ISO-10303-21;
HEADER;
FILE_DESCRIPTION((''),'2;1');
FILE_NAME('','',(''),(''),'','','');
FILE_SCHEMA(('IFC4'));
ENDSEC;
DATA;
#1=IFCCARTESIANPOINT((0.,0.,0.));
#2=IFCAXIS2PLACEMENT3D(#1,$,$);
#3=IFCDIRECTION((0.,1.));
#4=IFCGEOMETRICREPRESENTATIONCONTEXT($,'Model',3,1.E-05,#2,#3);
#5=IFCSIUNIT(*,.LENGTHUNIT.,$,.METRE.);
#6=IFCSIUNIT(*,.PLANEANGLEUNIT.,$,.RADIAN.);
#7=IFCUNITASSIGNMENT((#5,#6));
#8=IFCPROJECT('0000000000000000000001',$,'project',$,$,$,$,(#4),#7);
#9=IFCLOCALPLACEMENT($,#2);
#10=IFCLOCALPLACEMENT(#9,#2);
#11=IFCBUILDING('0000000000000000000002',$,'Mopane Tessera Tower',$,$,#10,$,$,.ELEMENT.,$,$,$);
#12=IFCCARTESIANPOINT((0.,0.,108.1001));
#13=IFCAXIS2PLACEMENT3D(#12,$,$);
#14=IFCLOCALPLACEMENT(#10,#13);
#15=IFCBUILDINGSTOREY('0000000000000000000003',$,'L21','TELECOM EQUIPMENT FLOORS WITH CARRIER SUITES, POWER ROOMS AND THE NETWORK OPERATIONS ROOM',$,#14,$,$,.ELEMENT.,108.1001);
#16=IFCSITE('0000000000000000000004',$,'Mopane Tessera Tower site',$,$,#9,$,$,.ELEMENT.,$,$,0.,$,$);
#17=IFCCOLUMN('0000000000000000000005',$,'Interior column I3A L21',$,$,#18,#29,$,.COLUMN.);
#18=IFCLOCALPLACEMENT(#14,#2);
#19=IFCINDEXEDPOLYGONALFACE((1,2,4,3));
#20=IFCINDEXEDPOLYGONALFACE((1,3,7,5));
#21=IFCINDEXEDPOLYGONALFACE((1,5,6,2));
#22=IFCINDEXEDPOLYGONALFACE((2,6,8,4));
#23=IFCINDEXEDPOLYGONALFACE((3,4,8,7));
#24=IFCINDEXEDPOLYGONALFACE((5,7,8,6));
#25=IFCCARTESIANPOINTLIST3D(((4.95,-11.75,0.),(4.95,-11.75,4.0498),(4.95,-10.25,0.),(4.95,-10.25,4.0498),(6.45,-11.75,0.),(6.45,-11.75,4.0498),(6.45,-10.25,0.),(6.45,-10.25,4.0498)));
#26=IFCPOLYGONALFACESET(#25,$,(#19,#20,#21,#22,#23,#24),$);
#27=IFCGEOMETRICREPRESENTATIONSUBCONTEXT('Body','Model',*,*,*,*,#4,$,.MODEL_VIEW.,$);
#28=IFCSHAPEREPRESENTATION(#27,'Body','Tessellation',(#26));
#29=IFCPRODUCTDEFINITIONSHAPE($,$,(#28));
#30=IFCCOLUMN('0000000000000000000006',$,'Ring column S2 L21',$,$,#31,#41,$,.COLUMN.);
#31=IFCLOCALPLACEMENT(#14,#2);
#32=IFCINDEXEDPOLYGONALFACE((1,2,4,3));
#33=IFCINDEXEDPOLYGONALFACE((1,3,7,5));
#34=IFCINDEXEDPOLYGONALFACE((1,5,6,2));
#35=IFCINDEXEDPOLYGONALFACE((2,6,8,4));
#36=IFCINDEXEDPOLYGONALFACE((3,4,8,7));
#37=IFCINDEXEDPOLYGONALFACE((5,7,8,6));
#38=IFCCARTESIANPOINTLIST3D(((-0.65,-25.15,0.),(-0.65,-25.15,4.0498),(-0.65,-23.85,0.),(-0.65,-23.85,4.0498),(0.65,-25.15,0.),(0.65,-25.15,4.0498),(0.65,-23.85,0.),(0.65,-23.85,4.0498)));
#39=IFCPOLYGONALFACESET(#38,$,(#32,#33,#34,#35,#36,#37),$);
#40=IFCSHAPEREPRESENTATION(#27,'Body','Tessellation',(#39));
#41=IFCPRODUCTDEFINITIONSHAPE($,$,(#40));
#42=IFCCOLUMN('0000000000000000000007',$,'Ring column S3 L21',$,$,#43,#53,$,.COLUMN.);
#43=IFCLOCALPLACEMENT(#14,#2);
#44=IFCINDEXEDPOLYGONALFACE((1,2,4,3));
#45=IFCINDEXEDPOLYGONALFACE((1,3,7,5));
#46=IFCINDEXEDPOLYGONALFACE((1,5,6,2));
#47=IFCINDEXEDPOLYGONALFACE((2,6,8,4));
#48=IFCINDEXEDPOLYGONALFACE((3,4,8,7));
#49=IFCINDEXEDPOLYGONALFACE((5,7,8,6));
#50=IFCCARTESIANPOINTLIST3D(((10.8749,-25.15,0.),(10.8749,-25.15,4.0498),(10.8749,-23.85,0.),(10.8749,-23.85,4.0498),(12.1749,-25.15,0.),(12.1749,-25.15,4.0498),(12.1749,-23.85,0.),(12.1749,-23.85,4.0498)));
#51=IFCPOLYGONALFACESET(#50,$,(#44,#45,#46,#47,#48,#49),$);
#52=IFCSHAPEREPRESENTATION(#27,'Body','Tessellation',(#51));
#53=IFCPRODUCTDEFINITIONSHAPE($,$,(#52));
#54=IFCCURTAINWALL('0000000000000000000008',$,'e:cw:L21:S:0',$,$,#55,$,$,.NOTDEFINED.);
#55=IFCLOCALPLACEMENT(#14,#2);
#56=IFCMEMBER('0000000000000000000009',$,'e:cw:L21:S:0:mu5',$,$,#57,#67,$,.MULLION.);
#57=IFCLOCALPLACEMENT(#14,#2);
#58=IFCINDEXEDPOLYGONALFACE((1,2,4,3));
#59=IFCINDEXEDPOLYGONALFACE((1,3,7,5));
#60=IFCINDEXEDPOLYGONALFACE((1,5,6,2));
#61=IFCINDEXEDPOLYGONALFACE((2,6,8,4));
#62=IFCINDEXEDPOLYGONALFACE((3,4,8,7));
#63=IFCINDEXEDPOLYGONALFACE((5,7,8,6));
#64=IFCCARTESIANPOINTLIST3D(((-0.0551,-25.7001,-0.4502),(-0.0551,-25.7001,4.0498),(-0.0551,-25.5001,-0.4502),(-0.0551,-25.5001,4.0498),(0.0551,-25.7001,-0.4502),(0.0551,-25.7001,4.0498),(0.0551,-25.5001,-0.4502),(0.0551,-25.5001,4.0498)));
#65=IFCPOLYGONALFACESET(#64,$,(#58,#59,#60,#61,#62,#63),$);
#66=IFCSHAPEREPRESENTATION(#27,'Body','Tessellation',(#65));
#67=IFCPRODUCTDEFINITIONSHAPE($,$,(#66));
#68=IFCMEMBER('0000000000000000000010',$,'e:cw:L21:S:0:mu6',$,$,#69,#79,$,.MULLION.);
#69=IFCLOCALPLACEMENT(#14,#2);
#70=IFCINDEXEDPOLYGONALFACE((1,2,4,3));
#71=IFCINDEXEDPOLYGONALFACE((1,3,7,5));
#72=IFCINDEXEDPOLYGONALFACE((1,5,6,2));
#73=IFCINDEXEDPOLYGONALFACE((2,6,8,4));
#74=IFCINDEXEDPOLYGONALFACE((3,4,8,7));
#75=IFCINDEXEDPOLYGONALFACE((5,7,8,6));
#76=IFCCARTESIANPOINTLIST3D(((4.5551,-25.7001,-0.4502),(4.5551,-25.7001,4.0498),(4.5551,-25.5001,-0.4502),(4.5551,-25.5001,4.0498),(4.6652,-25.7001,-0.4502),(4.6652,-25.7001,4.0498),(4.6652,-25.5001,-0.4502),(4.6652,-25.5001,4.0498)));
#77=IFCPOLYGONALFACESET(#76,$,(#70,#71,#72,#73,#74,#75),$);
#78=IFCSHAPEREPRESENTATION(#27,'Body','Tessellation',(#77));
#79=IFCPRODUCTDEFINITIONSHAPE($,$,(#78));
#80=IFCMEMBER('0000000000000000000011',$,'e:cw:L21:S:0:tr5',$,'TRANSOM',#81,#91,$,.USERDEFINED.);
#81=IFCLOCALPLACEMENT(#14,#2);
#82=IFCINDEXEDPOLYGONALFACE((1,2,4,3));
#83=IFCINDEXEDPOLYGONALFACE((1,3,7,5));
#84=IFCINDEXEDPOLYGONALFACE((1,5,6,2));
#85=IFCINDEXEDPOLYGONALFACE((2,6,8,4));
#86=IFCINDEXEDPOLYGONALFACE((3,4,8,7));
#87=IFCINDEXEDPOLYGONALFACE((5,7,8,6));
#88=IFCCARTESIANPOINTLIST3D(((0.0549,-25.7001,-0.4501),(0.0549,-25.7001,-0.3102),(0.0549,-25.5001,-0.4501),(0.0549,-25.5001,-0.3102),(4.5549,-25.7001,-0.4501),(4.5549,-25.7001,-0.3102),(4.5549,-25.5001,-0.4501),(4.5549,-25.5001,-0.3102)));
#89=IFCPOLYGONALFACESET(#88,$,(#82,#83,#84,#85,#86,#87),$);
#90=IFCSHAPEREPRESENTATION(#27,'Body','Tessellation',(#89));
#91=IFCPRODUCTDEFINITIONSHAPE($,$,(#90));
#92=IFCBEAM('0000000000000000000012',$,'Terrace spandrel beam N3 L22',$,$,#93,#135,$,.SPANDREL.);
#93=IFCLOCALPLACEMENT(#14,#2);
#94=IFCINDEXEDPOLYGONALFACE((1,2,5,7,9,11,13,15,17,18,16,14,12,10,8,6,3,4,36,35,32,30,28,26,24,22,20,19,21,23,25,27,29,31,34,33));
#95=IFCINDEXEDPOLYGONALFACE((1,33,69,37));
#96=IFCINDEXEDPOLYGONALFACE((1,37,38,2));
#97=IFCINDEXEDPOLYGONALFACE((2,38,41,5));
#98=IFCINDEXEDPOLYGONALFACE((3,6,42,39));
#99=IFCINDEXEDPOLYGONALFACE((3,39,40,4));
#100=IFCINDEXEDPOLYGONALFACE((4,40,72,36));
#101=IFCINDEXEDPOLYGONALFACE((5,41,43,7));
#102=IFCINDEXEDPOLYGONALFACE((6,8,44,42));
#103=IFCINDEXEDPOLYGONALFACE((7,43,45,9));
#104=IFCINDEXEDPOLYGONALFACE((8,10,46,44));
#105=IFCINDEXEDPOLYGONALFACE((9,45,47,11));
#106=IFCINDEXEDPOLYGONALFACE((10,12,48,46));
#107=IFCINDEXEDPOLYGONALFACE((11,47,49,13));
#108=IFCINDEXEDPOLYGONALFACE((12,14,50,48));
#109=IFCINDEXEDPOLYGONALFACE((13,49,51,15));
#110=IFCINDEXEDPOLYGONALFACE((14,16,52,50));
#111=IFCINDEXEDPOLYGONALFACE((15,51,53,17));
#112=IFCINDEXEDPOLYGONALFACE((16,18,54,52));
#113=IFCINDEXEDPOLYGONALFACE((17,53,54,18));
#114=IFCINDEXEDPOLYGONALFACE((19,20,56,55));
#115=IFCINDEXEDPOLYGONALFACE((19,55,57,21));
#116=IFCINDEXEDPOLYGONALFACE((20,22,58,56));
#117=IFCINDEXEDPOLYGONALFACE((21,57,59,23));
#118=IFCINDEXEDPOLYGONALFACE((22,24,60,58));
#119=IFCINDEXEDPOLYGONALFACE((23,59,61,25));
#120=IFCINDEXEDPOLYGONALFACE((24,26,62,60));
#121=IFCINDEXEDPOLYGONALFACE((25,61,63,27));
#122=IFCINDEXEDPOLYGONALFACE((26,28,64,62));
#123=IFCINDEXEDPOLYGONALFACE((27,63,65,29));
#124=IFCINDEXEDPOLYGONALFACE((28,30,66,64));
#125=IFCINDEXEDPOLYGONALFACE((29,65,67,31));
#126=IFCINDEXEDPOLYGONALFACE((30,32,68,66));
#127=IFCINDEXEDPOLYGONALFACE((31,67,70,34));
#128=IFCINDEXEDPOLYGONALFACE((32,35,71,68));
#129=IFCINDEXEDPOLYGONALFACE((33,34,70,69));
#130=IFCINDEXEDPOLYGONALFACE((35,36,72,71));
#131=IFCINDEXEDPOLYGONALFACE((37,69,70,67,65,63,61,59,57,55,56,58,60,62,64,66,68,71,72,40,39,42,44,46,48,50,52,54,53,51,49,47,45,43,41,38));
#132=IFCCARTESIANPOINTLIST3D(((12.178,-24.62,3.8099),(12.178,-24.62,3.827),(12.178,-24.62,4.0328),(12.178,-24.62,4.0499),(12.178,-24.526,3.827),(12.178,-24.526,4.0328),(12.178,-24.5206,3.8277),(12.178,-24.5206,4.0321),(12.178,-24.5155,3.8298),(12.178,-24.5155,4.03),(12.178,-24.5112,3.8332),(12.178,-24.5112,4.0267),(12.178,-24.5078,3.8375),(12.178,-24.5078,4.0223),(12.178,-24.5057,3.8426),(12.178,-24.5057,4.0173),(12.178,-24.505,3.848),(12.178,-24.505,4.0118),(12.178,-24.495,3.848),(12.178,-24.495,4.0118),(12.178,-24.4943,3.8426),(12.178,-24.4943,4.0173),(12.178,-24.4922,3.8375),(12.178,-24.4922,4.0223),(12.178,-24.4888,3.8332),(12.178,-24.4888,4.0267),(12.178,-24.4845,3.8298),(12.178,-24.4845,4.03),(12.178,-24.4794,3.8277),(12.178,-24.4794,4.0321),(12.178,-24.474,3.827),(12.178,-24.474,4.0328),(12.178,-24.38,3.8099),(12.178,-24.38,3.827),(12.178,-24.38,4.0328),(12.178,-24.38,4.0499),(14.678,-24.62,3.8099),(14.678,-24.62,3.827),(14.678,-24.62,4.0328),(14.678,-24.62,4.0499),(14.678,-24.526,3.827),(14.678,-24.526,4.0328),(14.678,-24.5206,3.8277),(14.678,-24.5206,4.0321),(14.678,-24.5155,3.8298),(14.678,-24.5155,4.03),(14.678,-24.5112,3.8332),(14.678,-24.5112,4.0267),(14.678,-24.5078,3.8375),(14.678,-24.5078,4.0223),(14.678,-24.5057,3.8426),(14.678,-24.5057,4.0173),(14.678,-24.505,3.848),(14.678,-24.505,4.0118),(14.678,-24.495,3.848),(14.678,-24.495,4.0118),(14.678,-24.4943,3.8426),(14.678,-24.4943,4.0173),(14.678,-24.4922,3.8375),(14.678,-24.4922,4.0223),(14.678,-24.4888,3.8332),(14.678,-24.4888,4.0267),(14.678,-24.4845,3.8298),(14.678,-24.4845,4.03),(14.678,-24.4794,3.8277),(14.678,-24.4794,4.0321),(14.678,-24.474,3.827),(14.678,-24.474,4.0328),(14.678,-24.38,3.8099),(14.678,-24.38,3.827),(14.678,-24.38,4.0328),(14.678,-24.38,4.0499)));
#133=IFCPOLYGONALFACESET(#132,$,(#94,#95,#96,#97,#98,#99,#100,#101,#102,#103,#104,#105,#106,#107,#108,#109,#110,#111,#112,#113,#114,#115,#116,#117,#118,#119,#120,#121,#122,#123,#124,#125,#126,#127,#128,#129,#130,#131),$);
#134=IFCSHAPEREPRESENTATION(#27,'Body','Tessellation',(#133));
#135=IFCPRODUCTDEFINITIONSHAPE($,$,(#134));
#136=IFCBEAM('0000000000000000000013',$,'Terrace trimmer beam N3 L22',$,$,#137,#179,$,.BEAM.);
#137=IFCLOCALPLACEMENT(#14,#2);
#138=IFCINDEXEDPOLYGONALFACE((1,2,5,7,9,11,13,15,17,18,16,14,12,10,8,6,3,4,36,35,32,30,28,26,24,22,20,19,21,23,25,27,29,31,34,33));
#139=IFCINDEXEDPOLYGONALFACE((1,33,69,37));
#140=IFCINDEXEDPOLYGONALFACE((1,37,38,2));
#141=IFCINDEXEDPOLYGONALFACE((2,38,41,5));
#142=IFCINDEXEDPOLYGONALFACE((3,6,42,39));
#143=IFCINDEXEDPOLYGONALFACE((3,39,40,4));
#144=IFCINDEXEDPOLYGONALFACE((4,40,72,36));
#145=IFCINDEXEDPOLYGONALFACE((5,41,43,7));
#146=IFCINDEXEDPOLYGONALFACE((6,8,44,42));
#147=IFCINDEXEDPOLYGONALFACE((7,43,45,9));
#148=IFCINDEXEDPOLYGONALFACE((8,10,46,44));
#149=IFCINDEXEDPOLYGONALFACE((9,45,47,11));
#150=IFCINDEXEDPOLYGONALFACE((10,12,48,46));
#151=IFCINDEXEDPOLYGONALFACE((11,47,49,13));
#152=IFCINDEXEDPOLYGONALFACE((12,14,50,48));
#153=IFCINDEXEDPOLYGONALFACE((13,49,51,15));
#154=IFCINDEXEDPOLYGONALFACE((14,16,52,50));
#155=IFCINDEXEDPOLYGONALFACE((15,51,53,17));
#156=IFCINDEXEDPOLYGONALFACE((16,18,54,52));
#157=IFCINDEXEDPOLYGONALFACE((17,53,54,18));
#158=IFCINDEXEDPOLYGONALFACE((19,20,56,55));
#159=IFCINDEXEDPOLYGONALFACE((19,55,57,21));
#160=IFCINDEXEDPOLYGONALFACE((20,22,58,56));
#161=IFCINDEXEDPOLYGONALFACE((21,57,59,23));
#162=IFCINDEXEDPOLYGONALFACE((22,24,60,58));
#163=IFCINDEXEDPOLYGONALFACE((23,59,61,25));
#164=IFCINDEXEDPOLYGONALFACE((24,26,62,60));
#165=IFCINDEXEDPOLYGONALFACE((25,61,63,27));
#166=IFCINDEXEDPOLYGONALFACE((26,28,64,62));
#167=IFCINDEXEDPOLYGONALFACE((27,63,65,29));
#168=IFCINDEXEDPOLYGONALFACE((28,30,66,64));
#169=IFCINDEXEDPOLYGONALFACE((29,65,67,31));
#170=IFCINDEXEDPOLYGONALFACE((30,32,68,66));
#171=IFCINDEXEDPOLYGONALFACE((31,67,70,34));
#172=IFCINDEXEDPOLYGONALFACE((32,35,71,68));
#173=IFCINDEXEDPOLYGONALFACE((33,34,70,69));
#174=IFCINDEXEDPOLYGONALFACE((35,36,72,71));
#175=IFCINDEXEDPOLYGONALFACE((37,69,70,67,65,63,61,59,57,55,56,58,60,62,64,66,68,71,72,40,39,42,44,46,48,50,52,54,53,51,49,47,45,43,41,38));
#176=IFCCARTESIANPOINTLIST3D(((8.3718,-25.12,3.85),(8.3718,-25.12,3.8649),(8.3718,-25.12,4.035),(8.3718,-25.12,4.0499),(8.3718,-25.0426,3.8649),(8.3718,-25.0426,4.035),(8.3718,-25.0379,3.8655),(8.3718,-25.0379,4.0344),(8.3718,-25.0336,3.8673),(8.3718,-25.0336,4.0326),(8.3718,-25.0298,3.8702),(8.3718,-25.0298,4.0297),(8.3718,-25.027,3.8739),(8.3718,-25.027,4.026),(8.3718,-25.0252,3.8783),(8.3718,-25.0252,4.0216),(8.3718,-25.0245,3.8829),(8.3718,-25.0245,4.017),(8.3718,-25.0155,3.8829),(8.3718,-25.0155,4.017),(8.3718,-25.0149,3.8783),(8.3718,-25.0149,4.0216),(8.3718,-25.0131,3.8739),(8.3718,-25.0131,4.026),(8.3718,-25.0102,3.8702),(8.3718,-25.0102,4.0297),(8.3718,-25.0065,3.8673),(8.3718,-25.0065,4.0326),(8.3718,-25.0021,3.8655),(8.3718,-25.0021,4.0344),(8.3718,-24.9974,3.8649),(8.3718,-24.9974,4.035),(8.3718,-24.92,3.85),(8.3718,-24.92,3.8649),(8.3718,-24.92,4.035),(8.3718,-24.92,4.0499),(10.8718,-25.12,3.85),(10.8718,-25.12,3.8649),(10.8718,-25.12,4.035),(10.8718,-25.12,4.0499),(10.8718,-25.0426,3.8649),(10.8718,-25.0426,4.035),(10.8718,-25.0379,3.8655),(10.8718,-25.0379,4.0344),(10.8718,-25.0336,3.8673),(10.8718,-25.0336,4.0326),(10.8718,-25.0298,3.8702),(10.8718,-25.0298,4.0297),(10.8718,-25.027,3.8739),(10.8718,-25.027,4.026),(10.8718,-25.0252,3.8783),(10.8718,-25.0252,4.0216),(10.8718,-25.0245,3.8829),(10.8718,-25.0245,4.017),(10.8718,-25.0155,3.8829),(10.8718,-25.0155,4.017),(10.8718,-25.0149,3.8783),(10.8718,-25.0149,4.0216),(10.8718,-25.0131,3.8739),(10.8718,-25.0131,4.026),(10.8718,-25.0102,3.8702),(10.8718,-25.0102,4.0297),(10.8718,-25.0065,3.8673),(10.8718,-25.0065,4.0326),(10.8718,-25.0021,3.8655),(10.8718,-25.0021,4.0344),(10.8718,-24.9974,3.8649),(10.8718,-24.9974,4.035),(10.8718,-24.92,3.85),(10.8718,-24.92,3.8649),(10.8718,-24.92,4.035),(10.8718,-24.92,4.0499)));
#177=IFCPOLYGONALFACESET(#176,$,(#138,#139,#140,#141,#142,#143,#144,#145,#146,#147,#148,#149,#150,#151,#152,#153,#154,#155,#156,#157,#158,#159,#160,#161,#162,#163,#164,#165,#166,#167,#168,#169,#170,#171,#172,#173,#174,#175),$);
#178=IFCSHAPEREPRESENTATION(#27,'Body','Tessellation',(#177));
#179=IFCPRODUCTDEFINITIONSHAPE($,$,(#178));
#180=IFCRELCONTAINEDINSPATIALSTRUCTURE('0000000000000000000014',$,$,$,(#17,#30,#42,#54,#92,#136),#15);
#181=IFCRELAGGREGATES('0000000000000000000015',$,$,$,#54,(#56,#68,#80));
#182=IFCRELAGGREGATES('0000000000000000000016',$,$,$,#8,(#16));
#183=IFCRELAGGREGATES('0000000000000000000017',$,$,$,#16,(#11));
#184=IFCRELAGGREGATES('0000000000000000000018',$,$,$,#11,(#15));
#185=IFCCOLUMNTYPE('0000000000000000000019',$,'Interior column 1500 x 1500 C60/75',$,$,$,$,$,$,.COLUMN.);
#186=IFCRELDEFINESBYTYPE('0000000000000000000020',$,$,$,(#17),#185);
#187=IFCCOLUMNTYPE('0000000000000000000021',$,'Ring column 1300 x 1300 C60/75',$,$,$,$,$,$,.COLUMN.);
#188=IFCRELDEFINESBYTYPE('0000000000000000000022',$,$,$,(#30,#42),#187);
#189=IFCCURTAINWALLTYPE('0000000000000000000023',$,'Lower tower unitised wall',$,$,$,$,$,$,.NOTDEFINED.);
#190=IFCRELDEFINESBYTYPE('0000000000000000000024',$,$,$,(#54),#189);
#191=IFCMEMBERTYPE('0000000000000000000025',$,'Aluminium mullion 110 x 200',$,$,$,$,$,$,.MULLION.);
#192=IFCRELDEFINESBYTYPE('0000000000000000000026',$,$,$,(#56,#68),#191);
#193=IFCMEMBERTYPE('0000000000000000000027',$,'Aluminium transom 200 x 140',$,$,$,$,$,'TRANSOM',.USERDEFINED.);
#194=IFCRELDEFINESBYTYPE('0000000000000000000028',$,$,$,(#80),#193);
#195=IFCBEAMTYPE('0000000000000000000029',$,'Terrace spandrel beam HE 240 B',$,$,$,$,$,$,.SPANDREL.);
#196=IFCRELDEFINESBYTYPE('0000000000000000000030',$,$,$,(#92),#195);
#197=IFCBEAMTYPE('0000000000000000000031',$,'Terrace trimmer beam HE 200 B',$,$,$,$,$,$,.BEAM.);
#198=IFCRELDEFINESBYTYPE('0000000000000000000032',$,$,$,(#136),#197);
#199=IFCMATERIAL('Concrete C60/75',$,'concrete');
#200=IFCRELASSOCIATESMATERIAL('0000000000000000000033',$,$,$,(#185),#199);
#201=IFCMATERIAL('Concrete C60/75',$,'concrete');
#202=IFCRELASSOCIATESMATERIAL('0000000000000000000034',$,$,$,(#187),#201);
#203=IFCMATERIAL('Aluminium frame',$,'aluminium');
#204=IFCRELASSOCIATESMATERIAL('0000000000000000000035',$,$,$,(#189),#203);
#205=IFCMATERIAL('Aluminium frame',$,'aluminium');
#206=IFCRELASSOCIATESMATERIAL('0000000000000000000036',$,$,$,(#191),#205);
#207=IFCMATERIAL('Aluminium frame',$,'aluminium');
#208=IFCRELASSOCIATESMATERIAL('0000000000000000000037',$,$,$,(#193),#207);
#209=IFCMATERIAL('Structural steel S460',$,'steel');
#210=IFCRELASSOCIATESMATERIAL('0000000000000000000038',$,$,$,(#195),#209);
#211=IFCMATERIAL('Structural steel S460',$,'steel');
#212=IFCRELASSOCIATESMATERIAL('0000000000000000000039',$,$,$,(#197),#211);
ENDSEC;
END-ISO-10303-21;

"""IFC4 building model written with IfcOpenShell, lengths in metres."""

from ifc_helpers import new_model, si_unit, direction, frame, origin, origin_2d, place, context, subcontext, project, spatial, rectangle, i_section, extrude, material, material_profile, profile_set, type_object, element, aggregate, save


model = new_model("IFC4")

# Units and contexts
model_context = context("Model", 3, precision=1e-05, world=origin(), true_north=direction((0.0, 1.0)))
body_context = subcontext(model_context, "Body", "Model", "MODEL_VIEW")
ifc_project = project(units=[si_unit("LENGTHUNIT", "METRE"), si_unit("PLANEANGLEUNIT", "RADIAN")], contexts=[model_context])

# Site, building, storey
site_placement = place(None, origin())
site = spatial("IfcSite", under=ifc_project, at=site_placement, Name="Mopane Tessera Tower site", CompositionType="ELEMENT", RefElevation=0.0)
building_placement = place(site_placement, origin())
building = spatial("IfcBuilding", under=site, at=building_placement, Name="Mopane Tessera Tower", CompositionType="ELEMENT")
storey_placement = place(building_placement, frame((0.0, 0.0, 108.1001)))
storey = spatial("IfcBuildingStorey", under=building, at=storey_placement, Name="L21", Description="TELECOM EQUIPMENT FLOORS WITH CARRIER SUITES, POWER ROOMS AND THE NETWORK OPERATIONS ROOM", CompositionType="ELEMENT", Elevation=108.1001)

# Columns
ifc_material_1 = material(Name="Concrete C60/75", Category="concrete")
ifc_material_profile_1 = material_profile(ifc_material_1, rectangle(XDim=1.5, YDim=1.5, at=origin_2d()))
ifc_profile_set_1 = profile_set([ifc_material_profile_1], Name="Concrete C60/75")
column_type_1 = type_object("IfcColumnType", Name="Interior column 1500 x 1500 C60/75", PredefinedType="COLUMN", material=ifc_profile_set_1)
column_placement = place(storey_placement, frame((5.7, -11.0, 0.0), z_axis=(0.0, 0.0, 1.0), x_axis=(1.0, 0.0, 0.0)))
element("IfcColumn", 1, at=column_placement, inside=storey, type_object=column_type_1, Name="Interior column I3A L21", PredefinedType="COLUMN", context=body_context, shape_type="SweptSolid", body=[
    extrude(rectangle(XDim=1.5, YDim=1.5, at=origin_2d()), origin(), (0.0, 0.0, 1.0), 4.0498),
])
ifc_material_2 = material(Name="Concrete C60/75", Category="concrete")
ifc_material_profile_2 = material_profile(ifc_material_2, rectangle(XDim=1.3, YDim=1.3, at=origin_2d()))
ifc_profile_set_2 = profile_set([ifc_material_profile_2], Name="Concrete C60/75")
column_type_2 = type_object("IfcColumnType", Name="Ring column 1300 x 1300 C60/75", PredefinedType="COLUMN", material=ifc_profile_set_2)
for number, where, z_axis, x_axis, name in (
    (2, (0.0, -24.5, 0.0), (0.0, 0.0, 1.0), (1.0, 0.0, 0.0), "Ring column S2 L21"),
    (3, (11.5249, -24.5, 0.0), (0.0, 0.0, 1.0), (1.0, 0.0, 0.0), "Ring column S3 L21"),
):
    element("IfcColumn", number, at=place(storey_placement, frame(where, z_axis=z_axis, x_axis=x_axis)), inside=storey, type_object=column_type_2, Name=name, PredefinedType="COLUMN", context=body_context, shape_type="SweptSolid", body=[
        extrude(rectangle(XDim=1.3, YDim=1.3, at=origin_2d()), origin(), (0.0, 0.0, 1.0), 4.0498),
    ])

# Curtain wall, members
ifc_material_3 = material(Name="Aluminium frame", Category="aluminium")
curtain_wall_type = type_object("IfcCurtainWallType", Name="Lower tower unitised wall", PredefinedType="NOTDEFINED", material=ifc_material_3)
curtain_wall_placement = place(storey_placement, origin())
curtain_wall = element("IfcCurtainWall", 4, at=curtain_wall_placement, inside=storey, type_object=curtain_wall_type, Name="e:cw:L21:S:0", PredefinedType="NOTDEFINED")
ifc_material_4 = material(Name="Aluminium frame", Category="aluminium")
ifc_material_profile_3 = material_profile(ifc_material_4, rectangle(XDim=0.1101, YDim=0.2, at=origin_2d()))
ifc_profile_set_3 = profile_set([ifc_material_profile_3], Name="Aluminium frame")
member_type_1 = type_object("IfcMemberType", Name="Aluminium mullion 110 x 200", PredefinedType="MULLION", material=ifc_profile_set_3)
member_1_placement = place(storey_placement, frame((0.0, -25.6001, -0.4502), z_axis=(0.0, 0.0, 1.0), x_axis=(1.0, 0.0, 0.0)))
member_1 = element("IfcMember", 5, at=member_1_placement, type_object=member_type_1, Name="e:cw:L21:S:0:mu5", PredefinedType="MULLION", context=body_context, shape_type="SweptSolid", body=[
    extrude(rectangle(XDim=0.1101, YDim=0.2, at=origin_2d()), origin(), (0.0, 0.0, 1.0), 4.5),
])
member_2_placement = place(storey_placement, frame((4.6101, -25.6001, -0.4502), z_axis=(0.0, 0.0, 1.0), x_axis=(1.0, 0.0, 0.0)))
member_2 = element("IfcMember", 6, at=member_2_placement, type_object=member_type_1, Name="e:cw:L21:S:0:mu6", PredefinedType="MULLION", context=body_context, shape_type="SweptSolid", body=[
    extrude(rectangle(XDim=0.1101, YDim=0.2, at=origin_2d()), origin(), (0.0, 0.0, 1.0), 4.5),
])
ifc_material_5 = material(Name="Aluminium frame", Category="aluminium")
ifc_material_profile_4 = material_profile(ifc_material_5, rectangle(XDim=0.2, YDim=0.1399, at=origin_2d()))
ifc_profile_set_4 = profile_set([ifc_material_profile_4], Name="Aluminium frame")
member_type_2 = type_object("IfcMemberType", Name="Aluminium transom 200 x 140", ElementType="TRANSOM", PredefinedType="USERDEFINED", material=ifc_profile_set_4)
member_3_placement = place(storey_placement, frame((0.0549, -25.6001, -0.3801), z_axis=(1.0, 0.0, 0.0), x_axis=(0.0, 1.0, 0.0)))
member_3 = element("IfcMember", 7, at=member_3_placement, type_object=member_type_2, Name="e:cw:L21:S:0:tr5", ObjectType="TRANSOM", PredefinedType="USERDEFINED", context=body_context, shape_type="SweptSolid", body=[
    extrude(rectangle(XDim=0.2, YDim=0.1399, at=origin_2d()), origin(), (0.0, 0.0, 1.0), 4.5),
])

# Beams
ifc_material_6 = material(Name="Structural steel S460", Category="steel")
ifc_material_profile_5 = material_profile(ifc_material_6, i_section(OverallWidth=0.24, OverallDepth=0.24, WebThickness=0.01, FlangeThickness=0.0171, FilletRadius=0.021, at=origin_2d()))
ifc_profile_set_5 = profile_set([ifc_material_profile_5], Name="Structural steel S460")
beam_type_1 = type_object("IfcBeamType", Name="Terrace spandrel beam HE 240 B", PredefinedType="SPANDREL", material=ifc_profile_set_5)
beam_1_placement = place(storey_placement, frame((12.178, -24.5, 3.9299), z_axis=(1.0, 0.0, 0.0), x_axis=(0.0, 1.0, 0.0)))
element("IfcBeam", 8, at=beam_1_placement, inside=storey, type_object=beam_type_1, Name="Terrace spandrel beam N3 L22", PredefinedType="SPANDREL", context=body_context, shape_type="SweptSolid", body=[
    extrude(i_section(OverallWidth=0.24, OverallDepth=0.24, WebThickness=0.01, FlangeThickness=0.0171, FilletRadius=0.021, at=origin_2d()), origin(), (0.0, 0.0, 1.0), 2.5),
])
ifc_material_7 = material(Name="Structural steel S460", Category="steel")
ifc_material_profile_6 = material_profile(ifc_material_7, i_section(OverallWidth=0.2, OverallDepth=0.2, WebThickness=0.009, FlangeThickness=0.0149, FilletRadius=0.0181, at=origin_2d()))
ifc_profile_set_6 = profile_set([ifc_material_profile_6], Name="Structural steel S460")
beam_type_2 = type_object("IfcBeamType", Name="Terrace trimmer beam HE 200 B", PredefinedType="BEAM", material=ifc_profile_set_6)
beam_2_placement = place(storey_placement, frame((10.8718, -25.02, 3.95), z_axis=(-1.0, 0.0, 0.0), x_axis=(0.0, -1.0, 0.0)))
element("IfcBeam", 9, at=beam_2_placement, inside=storey, type_object=beam_type_2, Name="Terrace trimmer beam N3 L22", PredefinedType="BEAM", context=body_context, shape_type="SweptSolid", body=[
    extrude(i_section(OverallWidth=0.2, OverallDepth=0.2, WebThickness=0.009, FlangeThickness=0.0149, FilletRadius=0.0181, at=origin_2d()), origin(), (0.0, 0.0, 1.0), 2.5),
])

aggregate(curtain_wall, [member_1, member_2, member_3])

save(model, "model.ifc")
